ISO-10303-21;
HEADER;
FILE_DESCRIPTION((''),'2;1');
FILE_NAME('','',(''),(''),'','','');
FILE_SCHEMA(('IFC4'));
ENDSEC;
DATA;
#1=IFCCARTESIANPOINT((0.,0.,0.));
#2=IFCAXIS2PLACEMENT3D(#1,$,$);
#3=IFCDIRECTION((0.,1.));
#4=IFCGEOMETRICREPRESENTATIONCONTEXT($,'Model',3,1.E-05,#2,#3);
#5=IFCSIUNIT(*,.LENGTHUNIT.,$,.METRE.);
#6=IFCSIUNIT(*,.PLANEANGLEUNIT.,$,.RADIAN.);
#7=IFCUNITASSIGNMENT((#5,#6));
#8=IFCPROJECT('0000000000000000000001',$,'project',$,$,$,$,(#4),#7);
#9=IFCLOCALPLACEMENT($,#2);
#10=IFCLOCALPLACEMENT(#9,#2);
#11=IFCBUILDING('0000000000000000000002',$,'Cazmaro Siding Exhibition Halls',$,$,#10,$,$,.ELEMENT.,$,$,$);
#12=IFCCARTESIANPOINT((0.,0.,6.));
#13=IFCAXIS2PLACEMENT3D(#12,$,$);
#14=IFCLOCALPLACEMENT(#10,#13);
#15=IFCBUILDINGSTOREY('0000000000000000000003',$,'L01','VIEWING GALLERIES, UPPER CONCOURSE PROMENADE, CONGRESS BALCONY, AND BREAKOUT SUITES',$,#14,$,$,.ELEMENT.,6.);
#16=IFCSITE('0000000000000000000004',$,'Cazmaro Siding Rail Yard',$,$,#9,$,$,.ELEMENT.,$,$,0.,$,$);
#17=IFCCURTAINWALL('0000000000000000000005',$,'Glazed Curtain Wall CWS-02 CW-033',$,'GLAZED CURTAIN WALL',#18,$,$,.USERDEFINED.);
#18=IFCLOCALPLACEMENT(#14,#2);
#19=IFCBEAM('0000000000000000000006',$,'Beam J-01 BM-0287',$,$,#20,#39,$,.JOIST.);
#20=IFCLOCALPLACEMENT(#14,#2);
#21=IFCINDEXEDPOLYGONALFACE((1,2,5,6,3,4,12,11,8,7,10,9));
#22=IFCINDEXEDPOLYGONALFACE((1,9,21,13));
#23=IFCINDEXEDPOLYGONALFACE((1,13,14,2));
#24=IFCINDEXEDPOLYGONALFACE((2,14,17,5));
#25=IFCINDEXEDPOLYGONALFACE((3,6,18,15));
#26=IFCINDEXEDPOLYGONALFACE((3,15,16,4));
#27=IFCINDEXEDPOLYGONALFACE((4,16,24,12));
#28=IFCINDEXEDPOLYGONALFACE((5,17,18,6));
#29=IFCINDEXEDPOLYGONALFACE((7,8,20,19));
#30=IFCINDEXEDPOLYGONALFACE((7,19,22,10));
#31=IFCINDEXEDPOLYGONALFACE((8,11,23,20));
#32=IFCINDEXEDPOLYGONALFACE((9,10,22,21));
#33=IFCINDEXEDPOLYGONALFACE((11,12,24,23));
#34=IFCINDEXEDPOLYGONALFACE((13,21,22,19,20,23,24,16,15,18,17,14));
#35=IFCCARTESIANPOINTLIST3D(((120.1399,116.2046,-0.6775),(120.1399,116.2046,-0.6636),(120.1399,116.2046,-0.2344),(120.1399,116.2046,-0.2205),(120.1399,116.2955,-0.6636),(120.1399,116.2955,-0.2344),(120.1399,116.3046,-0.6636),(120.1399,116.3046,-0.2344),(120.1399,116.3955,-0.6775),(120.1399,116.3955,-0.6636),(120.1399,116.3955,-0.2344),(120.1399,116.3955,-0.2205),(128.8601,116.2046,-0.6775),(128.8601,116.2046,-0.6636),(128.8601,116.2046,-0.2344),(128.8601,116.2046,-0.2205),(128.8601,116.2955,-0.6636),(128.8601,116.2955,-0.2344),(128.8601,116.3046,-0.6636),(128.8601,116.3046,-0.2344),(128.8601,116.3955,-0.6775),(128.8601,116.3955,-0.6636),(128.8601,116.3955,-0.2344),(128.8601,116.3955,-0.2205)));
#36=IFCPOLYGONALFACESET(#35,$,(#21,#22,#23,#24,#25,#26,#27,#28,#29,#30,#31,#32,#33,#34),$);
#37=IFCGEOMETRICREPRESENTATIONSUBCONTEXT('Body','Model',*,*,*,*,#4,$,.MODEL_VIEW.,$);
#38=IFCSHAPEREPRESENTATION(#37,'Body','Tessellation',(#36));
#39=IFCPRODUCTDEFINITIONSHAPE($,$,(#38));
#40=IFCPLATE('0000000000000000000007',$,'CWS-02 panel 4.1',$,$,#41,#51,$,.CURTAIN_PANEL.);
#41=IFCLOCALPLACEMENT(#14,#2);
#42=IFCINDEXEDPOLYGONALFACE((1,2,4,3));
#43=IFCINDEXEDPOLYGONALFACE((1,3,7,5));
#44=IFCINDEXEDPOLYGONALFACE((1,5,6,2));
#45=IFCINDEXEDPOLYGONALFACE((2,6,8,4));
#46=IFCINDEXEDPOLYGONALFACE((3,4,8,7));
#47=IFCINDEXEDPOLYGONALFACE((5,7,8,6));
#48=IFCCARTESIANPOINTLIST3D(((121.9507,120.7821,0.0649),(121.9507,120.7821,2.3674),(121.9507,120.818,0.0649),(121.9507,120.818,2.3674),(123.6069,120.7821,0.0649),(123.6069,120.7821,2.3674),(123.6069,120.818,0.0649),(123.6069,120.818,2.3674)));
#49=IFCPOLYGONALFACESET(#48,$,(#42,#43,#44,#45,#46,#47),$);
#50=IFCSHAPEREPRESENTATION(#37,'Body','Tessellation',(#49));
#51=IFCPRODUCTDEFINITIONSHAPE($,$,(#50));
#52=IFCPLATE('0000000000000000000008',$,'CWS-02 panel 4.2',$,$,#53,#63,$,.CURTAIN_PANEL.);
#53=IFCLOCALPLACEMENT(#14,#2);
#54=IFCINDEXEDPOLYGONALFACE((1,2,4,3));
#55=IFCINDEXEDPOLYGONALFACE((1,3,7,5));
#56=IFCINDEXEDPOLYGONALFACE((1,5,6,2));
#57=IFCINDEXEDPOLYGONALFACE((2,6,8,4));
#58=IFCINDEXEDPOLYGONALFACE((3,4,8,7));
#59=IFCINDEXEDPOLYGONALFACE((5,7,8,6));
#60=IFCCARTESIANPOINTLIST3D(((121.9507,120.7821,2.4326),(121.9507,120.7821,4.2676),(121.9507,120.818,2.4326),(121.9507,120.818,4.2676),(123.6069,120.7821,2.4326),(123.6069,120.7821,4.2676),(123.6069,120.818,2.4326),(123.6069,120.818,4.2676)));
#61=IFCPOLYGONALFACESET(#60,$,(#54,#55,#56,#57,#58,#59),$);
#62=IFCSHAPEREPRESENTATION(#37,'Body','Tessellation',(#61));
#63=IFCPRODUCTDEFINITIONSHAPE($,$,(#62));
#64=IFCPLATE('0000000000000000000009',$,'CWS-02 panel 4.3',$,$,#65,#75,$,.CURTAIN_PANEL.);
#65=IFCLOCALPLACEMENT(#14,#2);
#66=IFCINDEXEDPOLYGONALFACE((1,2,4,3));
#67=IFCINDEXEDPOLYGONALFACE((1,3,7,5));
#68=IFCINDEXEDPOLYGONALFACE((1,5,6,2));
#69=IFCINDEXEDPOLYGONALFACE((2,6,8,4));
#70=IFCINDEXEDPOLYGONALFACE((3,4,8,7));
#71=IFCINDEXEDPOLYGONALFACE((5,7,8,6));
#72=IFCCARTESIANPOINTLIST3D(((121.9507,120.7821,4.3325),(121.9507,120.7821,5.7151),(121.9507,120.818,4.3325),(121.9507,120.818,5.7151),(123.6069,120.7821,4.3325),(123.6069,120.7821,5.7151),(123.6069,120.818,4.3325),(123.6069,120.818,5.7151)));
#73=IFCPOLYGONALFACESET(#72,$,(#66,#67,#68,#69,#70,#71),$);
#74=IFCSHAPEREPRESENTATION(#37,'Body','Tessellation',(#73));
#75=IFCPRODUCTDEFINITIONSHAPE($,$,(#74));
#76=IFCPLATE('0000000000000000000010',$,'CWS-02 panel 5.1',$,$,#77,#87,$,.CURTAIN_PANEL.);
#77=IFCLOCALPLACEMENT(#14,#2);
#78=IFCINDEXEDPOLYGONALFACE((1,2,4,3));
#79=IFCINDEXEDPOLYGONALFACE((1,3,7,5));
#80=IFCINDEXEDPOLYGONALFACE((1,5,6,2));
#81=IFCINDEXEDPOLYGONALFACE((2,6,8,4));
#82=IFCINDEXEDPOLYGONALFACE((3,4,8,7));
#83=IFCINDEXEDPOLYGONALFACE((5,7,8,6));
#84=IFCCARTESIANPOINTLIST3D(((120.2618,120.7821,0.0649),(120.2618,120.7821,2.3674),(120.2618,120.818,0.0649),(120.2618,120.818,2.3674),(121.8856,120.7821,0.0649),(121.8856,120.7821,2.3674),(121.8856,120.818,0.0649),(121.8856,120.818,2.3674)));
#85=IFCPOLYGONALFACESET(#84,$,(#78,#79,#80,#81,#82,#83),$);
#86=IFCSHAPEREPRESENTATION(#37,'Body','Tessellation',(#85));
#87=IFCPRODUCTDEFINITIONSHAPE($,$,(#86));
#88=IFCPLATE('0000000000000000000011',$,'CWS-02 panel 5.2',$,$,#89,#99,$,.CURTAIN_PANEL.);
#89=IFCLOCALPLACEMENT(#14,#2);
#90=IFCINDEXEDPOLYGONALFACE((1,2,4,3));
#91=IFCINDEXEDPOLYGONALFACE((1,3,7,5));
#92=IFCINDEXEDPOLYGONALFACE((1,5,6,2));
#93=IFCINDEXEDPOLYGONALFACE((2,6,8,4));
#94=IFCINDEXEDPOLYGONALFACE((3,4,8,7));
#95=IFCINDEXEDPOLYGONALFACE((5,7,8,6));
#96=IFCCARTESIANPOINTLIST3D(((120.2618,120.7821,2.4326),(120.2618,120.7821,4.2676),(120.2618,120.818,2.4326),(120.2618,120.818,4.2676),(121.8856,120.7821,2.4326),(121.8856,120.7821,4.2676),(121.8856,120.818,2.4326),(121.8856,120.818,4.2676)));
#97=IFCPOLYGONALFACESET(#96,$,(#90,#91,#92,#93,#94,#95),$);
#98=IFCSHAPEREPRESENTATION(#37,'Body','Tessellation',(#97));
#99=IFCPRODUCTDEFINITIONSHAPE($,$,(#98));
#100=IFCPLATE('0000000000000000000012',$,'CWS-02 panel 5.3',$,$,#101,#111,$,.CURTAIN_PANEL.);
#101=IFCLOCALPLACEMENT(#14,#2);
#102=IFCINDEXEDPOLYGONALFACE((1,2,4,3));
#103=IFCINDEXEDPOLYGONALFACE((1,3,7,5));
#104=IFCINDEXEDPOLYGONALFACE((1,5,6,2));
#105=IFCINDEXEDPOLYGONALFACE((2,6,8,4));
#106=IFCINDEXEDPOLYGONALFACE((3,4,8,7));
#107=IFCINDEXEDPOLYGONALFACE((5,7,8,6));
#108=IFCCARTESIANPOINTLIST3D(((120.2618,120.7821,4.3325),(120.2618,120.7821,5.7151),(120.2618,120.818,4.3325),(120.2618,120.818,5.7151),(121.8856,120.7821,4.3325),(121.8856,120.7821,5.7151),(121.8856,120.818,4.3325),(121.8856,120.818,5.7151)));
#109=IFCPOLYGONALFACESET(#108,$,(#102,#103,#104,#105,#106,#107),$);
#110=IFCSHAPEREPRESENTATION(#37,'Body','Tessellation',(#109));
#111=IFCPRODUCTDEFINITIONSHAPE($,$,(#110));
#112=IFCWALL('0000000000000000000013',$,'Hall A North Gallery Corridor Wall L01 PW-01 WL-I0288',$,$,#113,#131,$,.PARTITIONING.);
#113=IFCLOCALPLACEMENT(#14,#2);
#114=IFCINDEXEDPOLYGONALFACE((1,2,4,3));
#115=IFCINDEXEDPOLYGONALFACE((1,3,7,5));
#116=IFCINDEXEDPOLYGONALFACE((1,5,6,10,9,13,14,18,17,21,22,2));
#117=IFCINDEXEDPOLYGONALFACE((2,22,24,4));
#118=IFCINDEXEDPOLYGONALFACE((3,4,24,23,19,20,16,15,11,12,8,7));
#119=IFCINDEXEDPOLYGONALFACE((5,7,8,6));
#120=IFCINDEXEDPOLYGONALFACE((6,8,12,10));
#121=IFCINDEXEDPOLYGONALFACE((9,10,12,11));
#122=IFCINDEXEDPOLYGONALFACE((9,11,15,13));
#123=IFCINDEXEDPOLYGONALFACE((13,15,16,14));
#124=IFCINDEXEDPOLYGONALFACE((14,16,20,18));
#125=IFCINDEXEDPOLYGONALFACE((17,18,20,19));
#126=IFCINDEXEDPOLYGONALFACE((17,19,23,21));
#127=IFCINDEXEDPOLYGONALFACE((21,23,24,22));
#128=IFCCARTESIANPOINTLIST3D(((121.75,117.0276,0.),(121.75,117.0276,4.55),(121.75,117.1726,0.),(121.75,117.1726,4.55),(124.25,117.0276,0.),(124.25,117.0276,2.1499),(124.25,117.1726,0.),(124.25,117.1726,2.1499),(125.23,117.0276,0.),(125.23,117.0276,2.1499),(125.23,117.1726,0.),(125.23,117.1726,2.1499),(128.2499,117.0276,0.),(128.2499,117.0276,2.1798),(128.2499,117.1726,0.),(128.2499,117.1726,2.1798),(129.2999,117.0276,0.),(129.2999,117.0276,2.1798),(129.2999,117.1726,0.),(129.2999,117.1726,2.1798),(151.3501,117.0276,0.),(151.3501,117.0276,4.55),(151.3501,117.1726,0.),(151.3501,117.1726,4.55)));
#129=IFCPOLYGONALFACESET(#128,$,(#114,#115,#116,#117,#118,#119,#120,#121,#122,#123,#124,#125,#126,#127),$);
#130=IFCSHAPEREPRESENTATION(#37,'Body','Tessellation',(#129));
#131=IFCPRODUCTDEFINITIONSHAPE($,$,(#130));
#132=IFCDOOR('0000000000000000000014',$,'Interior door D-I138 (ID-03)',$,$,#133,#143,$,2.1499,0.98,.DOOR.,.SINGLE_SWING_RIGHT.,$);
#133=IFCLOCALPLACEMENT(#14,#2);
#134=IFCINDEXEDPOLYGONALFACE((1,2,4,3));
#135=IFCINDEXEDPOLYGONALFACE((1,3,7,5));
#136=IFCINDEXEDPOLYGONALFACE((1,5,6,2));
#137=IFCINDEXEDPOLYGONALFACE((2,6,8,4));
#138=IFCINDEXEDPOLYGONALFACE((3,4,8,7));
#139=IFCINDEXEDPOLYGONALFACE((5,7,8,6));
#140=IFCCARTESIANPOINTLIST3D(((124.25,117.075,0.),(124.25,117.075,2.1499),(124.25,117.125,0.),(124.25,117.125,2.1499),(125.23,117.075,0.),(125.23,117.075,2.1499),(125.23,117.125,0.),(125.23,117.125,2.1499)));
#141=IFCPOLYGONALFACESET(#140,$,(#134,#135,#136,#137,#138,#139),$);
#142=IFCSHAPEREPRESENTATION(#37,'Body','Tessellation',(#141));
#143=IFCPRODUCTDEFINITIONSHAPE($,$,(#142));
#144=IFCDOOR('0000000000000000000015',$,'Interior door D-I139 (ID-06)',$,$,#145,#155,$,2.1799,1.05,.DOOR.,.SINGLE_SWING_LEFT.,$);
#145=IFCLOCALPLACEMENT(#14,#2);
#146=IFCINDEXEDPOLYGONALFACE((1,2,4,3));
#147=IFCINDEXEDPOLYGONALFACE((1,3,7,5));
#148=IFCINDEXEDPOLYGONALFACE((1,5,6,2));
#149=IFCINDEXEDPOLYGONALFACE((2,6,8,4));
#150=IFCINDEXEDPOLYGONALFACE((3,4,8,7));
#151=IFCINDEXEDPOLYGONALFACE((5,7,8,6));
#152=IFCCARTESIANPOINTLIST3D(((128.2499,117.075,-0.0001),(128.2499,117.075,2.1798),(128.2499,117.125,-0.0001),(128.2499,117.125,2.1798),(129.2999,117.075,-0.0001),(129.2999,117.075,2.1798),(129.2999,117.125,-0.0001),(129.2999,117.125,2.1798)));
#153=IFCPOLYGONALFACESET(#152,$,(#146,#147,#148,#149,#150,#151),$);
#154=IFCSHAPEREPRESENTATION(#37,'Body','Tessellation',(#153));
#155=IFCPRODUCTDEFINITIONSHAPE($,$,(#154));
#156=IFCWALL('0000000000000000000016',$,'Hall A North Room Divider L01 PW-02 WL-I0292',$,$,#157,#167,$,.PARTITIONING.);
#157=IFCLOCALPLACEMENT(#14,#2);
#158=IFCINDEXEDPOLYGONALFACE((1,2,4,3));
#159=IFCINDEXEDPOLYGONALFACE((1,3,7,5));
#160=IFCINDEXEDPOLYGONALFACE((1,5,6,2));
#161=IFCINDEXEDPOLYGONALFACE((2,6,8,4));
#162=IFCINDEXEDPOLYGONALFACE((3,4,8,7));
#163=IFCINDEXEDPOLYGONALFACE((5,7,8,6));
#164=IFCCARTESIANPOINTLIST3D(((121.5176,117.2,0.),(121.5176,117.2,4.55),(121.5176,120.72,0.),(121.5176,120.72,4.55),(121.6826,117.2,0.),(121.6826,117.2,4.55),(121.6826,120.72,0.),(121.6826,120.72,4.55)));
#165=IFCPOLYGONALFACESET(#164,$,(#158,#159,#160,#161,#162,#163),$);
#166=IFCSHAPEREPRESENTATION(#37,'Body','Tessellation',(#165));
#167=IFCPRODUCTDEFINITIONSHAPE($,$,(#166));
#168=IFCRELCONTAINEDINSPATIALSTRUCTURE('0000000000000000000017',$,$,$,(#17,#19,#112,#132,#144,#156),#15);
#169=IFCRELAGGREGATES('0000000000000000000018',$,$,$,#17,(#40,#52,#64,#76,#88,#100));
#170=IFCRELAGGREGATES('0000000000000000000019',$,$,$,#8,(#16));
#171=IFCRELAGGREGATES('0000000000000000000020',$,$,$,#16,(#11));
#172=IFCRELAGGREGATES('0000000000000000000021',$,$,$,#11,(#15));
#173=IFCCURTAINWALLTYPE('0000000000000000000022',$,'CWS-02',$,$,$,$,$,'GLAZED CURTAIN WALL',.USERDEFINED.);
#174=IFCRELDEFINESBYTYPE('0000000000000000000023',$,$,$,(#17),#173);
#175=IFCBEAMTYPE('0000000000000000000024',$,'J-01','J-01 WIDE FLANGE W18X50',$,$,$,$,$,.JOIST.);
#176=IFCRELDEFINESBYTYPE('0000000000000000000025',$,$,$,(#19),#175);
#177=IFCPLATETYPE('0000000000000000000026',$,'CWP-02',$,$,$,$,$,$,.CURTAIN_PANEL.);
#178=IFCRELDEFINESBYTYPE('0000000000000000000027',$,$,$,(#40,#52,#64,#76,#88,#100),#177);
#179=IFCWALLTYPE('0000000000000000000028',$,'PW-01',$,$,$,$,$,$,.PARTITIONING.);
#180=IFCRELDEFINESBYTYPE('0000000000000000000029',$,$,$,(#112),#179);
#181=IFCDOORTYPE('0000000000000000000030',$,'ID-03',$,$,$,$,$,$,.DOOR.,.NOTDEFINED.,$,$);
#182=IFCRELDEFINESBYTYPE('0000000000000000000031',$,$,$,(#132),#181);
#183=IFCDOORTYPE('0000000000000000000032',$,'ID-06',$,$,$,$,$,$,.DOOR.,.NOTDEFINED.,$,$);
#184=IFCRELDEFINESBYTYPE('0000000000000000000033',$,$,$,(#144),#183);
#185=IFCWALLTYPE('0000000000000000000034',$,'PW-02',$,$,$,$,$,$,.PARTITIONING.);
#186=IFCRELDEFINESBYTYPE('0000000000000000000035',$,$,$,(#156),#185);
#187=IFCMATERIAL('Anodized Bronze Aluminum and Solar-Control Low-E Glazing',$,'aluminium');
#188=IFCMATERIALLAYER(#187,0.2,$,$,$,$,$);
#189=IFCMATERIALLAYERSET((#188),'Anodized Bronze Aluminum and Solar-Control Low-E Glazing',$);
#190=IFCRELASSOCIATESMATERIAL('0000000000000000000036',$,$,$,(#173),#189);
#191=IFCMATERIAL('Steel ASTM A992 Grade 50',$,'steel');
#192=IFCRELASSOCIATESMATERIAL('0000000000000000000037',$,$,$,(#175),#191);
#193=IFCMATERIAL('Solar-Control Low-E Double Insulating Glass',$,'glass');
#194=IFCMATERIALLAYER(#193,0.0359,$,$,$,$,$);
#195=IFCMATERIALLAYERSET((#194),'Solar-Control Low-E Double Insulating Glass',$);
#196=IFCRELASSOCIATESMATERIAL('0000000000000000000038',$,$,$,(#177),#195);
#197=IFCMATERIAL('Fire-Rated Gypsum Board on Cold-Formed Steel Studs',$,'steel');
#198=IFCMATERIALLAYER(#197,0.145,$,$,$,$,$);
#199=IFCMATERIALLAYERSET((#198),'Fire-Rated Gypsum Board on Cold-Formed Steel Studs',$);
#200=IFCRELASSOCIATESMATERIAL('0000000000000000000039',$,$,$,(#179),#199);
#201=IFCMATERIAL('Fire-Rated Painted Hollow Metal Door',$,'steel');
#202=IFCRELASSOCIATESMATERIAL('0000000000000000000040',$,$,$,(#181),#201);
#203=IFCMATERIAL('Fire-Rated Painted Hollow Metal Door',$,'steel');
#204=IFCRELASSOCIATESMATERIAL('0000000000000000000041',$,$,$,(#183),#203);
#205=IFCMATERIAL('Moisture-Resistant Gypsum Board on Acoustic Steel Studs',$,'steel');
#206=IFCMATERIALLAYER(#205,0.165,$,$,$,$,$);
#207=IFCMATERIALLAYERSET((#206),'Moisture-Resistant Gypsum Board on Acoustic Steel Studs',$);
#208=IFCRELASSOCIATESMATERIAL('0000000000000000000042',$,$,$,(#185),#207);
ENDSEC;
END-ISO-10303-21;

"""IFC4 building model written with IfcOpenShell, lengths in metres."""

from ifc_helpers import new_model, si_unit, direction, frame, frame_2d, origin, origin_2d, place, context, subcontext, project, spatial, rectangle, i_section, extrude, material, layer, layer_set, material_profile, profile_set, type_object, element, fill, aggregate, save


model = new_model("IFC4")

# Units and contexts
model_context = context("Model", 3, precision=1e-05, world=origin(), true_north=direction((0.0, 1.0)))
body_context = subcontext(model_context, "Body", "Model", "MODEL_VIEW")
ifc_project = project(units=[si_unit("LENGTHUNIT", "METRE"), si_unit("PLANEANGLEUNIT", "RADIAN")], contexts=[model_context])

# Site, building, storey
site_placement = place(None, origin())
site = spatial("IfcSite", under=ifc_project, at=site_placement, Name="Cazmaro Siding Rail Yard", CompositionType="ELEMENT", RefElevation=0.0)
building_placement = place(site_placement, origin())
building = spatial("IfcBuilding", under=site, at=building_placement, Name="Cazmaro Siding Exhibition Halls", CompositionType="ELEMENT")
storey_placement = place(building_placement, frame((0.0, 0.0, 6.0)))
storey = spatial("IfcBuildingStorey", under=building, at=storey_placement, Name="L01", Description="VIEWING GALLERIES, UPPER CONCOURSE PROMENADE, CONGRESS BALCONY, AND BREAKOUT SUITES", CompositionType="ELEMENT", Elevation=6.0)

# Curtain wall
ifc_material_1 = material(Name="Anodized Bronze Aluminum and Solar-Control Low-E Glazing", Category="aluminium")
ifc_layer_1 = layer(ifc_material_1, 0.2)
ifc_layer_set_1 = layer_set([ifc_layer_1], Name="Anodized Bronze Aluminum and Solar-Control Low-E Glazing")
curtain_wall_type = type_object("IfcCurtainWallType", Name="CWS-02", ElementType="GLAZED CURTAIN WALL", PredefinedType="USERDEFINED", material=ifc_layer_set_1)
curtain_wall_placement = place(storey_placement, origin())
curtain_wall = element("IfcCurtainWall", 1, at=curtain_wall_placement, inside=storey, type_object=curtain_wall_type, Name="Glazed Curtain Wall CWS-02 CW-033", ObjectType="GLAZED CURTAIN WALL", PredefinedType="USERDEFINED")

# Beam
ifc_material_2 = material(Name="Steel ASTM A992 Grade 50", Category="steel")
ifc_material_profile_1 = material_profile(ifc_material_2, i_section(OverallWidth=0.1909, OverallDepth=0.457, WebThickness=0.009, FlangeThickness=0.0139, at=origin_2d()), Name="W18X50")
ifc_profile_set_1 = profile_set([ifc_material_profile_1], Name="Steel ASTM A992 Grade 50")
beam_type_1 = type_object("IfcBeamType", Name="J-01", Description="J-01 WIDE FLANGE W18X50", PredefinedType="JOIST", material=ifc_profile_set_1)
beam_1_placement = place(storey_placement, frame((120.1399, 116.3, -0.449), z_axis=(1.0, 0.0, 0.0), x_axis=(0.0, 1.0, 0.0)))
element("IfcBeam", 2, at=beam_1_placement, inside=storey, type_object=beam_type_1, Name="Beam J-01 BM-0287", PredefinedType="JOIST", context=body_context, shape_type="SweptSolid", body=[
    extrude(i_section(OverallWidth=0.1909, OverallDepth=0.457, WebThickness=0.009, FlangeThickness=0.0139, at=origin_2d()), origin(), (0.0, 0.0, 1.0), 8.7202),
])

# Plates
ifc_material_3 = material(Name="Solar-Control Low-E Double Insulating Glass", Category="glass")
ifc_layer_2 = layer(ifc_material_3, 0.0359)
ifc_layer_set_2 = layer_set([ifc_layer_2], Name="Solar-Control Low-E Double Insulating Glass")
plate_type = type_object("IfcPlateType", Name="CWP-02", PredefinedType="CURTAIN_PANEL", material=ifc_layer_set_2)
plate_1_placement = place(storey_placement, frame((122.7788, 120.8, 0.0649), z_axis=(0.0, 0.0, 1.0), x_axis=(-1.0, 0.0, 0.0)))
plate_1 = element("IfcPlate", 3, at=plate_1_placement, type_object=plate_type, Name="CWS-02 panel 4.1", PredefinedType="CURTAIN_PANEL", context=body_context, shape_type="SweptSolid", body=[
    extrude(rectangle(XDim=1.6562, YDim=0.0359, at=origin_2d()), origin(), (0.0, 0.0, 1.0), 2.3025),
])
plate_2_placement = place(storey_placement, frame((122.7788, 120.8, 2.4326), z_axis=(0.0, 0.0, 1.0), x_axis=(-1.0, 0.0, 0.0)))
plate_2 = element("IfcPlate", 4, at=plate_2_placement, type_object=plate_type, Name="CWS-02 panel 4.2", PredefinedType="CURTAIN_PANEL", context=body_context, shape_type="SweptSolid", body=[
    extrude(rectangle(XDim=1.6562, YDim=0.0359, at=origin_2d()), origin(), (0.0, 0.0, 1.0), 1.835),
])
plate_3_placement = place(storey_placement, frame((122.7788, 120.8, 4.3325), z_axis=(0.0, 0.0, 1.0), x_axis=(-1.0, 0.0, 0.0)))
plate_3 = element("IfcPlate", 5, at=plate_3_placement, type_object=plate_type, Name="CWS-02 panel 4.3", PredefinedType="CURTAIN_PANEL", context=body_context, shape_type="SweptSolid", body=[
    extrude(rectangle(XDim=1.6562, YDim=0.0359, at=origin_2d()), origin(), (0.0, 0.0, 1.0), 1.3826),
])
plate_4_placement = place(storey_placement, frame((121.0737, 120.8, 0.0649), z_axis=(0.0, 0.0, 1.0), x_axis=(-1.0, 0.0, 0.0)))
plate_4 = element("IfcPlate", 6, at=plate_4_placement, type_object=plate_type, Name="CWS-02 panel 5.1", PredefinedType="CURTAIN_PANEL", context=body_context, shape_type="SweptSolid", body=[
    extrude(rectangle(XDim=1.6238, YDim=0.0359, at=origin_2d()), origin(), (0.0, 0.0, 1.0), 2.3025),
])
plate_5_placement = place(storey_placement, frame((121.0737, 120.8, 2.4326), z_axis=(0.0, 0.0, 1.0), x_axis=(-1.0, 0.0, 0.0)))
plate_5 = element("IfcPlate", 7, at=plate_5_placement, type_object=plate_type, Name="CWS-02 panel 5.2", PredefinedType="CURTAIN_PANEL", context=body_context, shape_type="SweptSolid", body=[
    extrude(rectangle(XDim=1.6238, YDim=0.0359, at=origin_2d()), origin(), (0.0, 0.0, 1.0), 1.835),
])
plate_6_placement = place(storey_placement, frame((121.0737, 120.8, 4.3325), z_axis=(0.0, 0.0, 1.0), x_axis=(-1.0, 0.0, 0.0)))
plate_6 = element("IfcPlate", 8, at=plate_6_placement, type_object=plate_type, Name="CWS-02 panel 5.3", PredefinedType="CURTAIN_PANEL", context=body_context, shape_type="SweptSolid", body=[
    extrude(rectangle(XDim=1.6238, YDim=0.0359, at=origin_2d()), origin(), (0.0, 0.0, 1.0), 1.3826),
])
aggregate(curtain_wall, [plate_1, plate_2, plate_3, plate_4, plate_5, plate_6])

# Wall, openings, doors
ifc_material_4 = material(Name="Fire-Rated Gypsum Board on Cold-Formed Steel Studs", Category="steel")
ifc_layer_3 = layer(ifc_material_4, 0.145)
ifc_layer_set_3 = layer_set([ifc_layer_3], Name="Fire-Rated Gypsum Board on Cold-Formed Steel Studs")
wall_type_1 = type_object("IfcWallType", Name="PW-01", PredefinedType="PARTITIONING", material=ifc_layer_set_3)
wall_1_placement = place(storey_placement, frame((121.75, 117.1001, 0.0), z_axis=(0.0, 0.0, 1.0), x_axis=(1.0, 0.0, 0.0)))
wall_1 = element("IfcWall", 9, at=wall_1_placement, inside=storey, type_object=wall_type_1, Name="Hall A North Gallery Corridor Wall L01 PW-01 WL-I0288", PredefinedType="PARTITIONING", context=body_context, shape_type="SweptSolid", body=[
    extrude(rectangle(XDim=29.6001, YDim=0.145, at=frame_2d((14.8, 0.0))), origin(), (0.0, 0.0, 1.0), 4.55),
])
opening_1_placement = place(wall_1_placement, frame((2.5, 0.0, 0.0)))
opening_1 = element("IfcOpeningElement", 10, at=opening_1_placement, cuts=wall_1, PredefinedType="OPENING", context=body_context, shape_type="SweptSolid", body=[
    extrude(rectangle(XDim=0.98, YDim=2.1499, at=frame_2d((0.49, 1.075))), frame((0.0, 0.0825, 0.0), z_axis=(0.0, -1.0, 0.0), x_axis=(1.0, 0.0, 0.0)), (0.0, 0.0, 1.0), 0.165),
])
opening_2_placement = place(wall_1_placement, frame((6.5, 0.0, 0.0)))
opening_2 = element("IfcOpeningElement", 11, at=opening_2_placement, cuts=wall_1, PredefinedType="OPENING", context=body_context, shape_type="SweptSolid", body=[
    extrude(rectangle(XDim=1.05, YDim=2.1799, at=frame_2d((0.5249, 1.0898))), frame((0.0, 0.0825, 0.0), z_axis=(0.0, -1.0, 0.0), x_axis=(1.0, 0.0, 0.0)), (0.0, 0.0, 1.0), 0.165),
])
ifc_material_5 = material(Name="Fire-Rated Painted Hollow Metal Door", Category="steel")
door_type_1 = type_object("IfcDoorType", Name="ID-03", OperationType="NOTDEFINED", PredefinedType="DOOR", material=ifc_material_5)
door_1_placement = place(opening_1_placement, origin())
door_1 = element("IfcDoor", 12, at=door_1_placement, inside=storey, type_object=door_type_1, Name="Interior door D-I138 (ID-03)", OperationType="SINGLE_SWING_RIGHT", OverallHeight=2.1499, OverallWidth=0.98, PredefinedType="DOOR", context=body_context, shape_type="SweptSolid", body=[
    extrude(rectangle(XDim=0.98, YDim=2.1499, at=frame_2d((0.49, 1.075))), frame((0.0, 0.0249, 0.0), z_axis=(0.0, -1.0, 0.0), x_axis=(1.0, 0.0, 0.0)), (0.0, 0.0, 1.0), 0.05),
])
fill(opening_1, door_1)
ifc_material_6 = material(Name="Fire-Rated Painted Hollow Metal Door", Category="steel")
door_type_2 = type_object("IfcDoorType", Name="ID-06", OperationType="NOTDEFINED", PredefinedType="DOOR", material=ifc_material_6)
door_2_placement = place(opening_2_placement, origin())
door_2 = element("IfcDoor", 13, at=door_2_placement, inside=storey, type_object=door_type_2, Name="Interior door D-I139 (ID-06)", OperationType="SINGLE_SWING_LEFT", OverallHeight=2.1799, OverallWidth=1.05, PredefinedType="DOOR", context=body_context, shape_type="SweptSolid", body=[
    extrude(rectangle(XDim=1.05, YDim=2.1799, at=frame_2d((0.5249, 1.0898))), frame((0.0, 0.0249, 0.0), z_axis=(0.0, -1.0, 0.0), x_axis=(1.0, 0.0, 0.0)), (0.0, 0.0, 1.0), 0.05),
])
fill(opening_2, door_2)

# Wall
ifc_material_7 = material(Name="Moisture-Resistant Gypsum Board on Acoustic Steel Studs", Category="steel")
ifc_layer_4 = layer(ifc_material_7, 0.165)
ifc_layer_set_4 = layer_set([ifc_layer_4], Name="Moisture-Resistant Gypsum Board on Acoustic Steel Studs")
wall_type_2 = type_object("IfcWallType", Name="PW-02", PredefinedType="PARTITIONING", material=ifc_layer_set_4)
wall_2_placement = place(storey_placement, frame((121.6001, 117.2, 0.0), z_axis=(0.0, 0.0, 1.0), x_axis=(0.0, 1.0, 0.0)))
element("IfcWall", 14, at=wall_2_placement, inside=storey, type_object=wall_type_2, Name="Hall A North Room Divider L01 PW-02 WL-I0292", PredefinedType="PARTITIONING", context=body_context, shape_type="SweptSolid", body=[
    extrude(rectangle(XDim=3.52, YDim=0.165, at=frame_2d((1.76, 0.0))), origin(), (0.0, 0.0, 1.0), 4.55),
])

save(model, "model.ifc")
